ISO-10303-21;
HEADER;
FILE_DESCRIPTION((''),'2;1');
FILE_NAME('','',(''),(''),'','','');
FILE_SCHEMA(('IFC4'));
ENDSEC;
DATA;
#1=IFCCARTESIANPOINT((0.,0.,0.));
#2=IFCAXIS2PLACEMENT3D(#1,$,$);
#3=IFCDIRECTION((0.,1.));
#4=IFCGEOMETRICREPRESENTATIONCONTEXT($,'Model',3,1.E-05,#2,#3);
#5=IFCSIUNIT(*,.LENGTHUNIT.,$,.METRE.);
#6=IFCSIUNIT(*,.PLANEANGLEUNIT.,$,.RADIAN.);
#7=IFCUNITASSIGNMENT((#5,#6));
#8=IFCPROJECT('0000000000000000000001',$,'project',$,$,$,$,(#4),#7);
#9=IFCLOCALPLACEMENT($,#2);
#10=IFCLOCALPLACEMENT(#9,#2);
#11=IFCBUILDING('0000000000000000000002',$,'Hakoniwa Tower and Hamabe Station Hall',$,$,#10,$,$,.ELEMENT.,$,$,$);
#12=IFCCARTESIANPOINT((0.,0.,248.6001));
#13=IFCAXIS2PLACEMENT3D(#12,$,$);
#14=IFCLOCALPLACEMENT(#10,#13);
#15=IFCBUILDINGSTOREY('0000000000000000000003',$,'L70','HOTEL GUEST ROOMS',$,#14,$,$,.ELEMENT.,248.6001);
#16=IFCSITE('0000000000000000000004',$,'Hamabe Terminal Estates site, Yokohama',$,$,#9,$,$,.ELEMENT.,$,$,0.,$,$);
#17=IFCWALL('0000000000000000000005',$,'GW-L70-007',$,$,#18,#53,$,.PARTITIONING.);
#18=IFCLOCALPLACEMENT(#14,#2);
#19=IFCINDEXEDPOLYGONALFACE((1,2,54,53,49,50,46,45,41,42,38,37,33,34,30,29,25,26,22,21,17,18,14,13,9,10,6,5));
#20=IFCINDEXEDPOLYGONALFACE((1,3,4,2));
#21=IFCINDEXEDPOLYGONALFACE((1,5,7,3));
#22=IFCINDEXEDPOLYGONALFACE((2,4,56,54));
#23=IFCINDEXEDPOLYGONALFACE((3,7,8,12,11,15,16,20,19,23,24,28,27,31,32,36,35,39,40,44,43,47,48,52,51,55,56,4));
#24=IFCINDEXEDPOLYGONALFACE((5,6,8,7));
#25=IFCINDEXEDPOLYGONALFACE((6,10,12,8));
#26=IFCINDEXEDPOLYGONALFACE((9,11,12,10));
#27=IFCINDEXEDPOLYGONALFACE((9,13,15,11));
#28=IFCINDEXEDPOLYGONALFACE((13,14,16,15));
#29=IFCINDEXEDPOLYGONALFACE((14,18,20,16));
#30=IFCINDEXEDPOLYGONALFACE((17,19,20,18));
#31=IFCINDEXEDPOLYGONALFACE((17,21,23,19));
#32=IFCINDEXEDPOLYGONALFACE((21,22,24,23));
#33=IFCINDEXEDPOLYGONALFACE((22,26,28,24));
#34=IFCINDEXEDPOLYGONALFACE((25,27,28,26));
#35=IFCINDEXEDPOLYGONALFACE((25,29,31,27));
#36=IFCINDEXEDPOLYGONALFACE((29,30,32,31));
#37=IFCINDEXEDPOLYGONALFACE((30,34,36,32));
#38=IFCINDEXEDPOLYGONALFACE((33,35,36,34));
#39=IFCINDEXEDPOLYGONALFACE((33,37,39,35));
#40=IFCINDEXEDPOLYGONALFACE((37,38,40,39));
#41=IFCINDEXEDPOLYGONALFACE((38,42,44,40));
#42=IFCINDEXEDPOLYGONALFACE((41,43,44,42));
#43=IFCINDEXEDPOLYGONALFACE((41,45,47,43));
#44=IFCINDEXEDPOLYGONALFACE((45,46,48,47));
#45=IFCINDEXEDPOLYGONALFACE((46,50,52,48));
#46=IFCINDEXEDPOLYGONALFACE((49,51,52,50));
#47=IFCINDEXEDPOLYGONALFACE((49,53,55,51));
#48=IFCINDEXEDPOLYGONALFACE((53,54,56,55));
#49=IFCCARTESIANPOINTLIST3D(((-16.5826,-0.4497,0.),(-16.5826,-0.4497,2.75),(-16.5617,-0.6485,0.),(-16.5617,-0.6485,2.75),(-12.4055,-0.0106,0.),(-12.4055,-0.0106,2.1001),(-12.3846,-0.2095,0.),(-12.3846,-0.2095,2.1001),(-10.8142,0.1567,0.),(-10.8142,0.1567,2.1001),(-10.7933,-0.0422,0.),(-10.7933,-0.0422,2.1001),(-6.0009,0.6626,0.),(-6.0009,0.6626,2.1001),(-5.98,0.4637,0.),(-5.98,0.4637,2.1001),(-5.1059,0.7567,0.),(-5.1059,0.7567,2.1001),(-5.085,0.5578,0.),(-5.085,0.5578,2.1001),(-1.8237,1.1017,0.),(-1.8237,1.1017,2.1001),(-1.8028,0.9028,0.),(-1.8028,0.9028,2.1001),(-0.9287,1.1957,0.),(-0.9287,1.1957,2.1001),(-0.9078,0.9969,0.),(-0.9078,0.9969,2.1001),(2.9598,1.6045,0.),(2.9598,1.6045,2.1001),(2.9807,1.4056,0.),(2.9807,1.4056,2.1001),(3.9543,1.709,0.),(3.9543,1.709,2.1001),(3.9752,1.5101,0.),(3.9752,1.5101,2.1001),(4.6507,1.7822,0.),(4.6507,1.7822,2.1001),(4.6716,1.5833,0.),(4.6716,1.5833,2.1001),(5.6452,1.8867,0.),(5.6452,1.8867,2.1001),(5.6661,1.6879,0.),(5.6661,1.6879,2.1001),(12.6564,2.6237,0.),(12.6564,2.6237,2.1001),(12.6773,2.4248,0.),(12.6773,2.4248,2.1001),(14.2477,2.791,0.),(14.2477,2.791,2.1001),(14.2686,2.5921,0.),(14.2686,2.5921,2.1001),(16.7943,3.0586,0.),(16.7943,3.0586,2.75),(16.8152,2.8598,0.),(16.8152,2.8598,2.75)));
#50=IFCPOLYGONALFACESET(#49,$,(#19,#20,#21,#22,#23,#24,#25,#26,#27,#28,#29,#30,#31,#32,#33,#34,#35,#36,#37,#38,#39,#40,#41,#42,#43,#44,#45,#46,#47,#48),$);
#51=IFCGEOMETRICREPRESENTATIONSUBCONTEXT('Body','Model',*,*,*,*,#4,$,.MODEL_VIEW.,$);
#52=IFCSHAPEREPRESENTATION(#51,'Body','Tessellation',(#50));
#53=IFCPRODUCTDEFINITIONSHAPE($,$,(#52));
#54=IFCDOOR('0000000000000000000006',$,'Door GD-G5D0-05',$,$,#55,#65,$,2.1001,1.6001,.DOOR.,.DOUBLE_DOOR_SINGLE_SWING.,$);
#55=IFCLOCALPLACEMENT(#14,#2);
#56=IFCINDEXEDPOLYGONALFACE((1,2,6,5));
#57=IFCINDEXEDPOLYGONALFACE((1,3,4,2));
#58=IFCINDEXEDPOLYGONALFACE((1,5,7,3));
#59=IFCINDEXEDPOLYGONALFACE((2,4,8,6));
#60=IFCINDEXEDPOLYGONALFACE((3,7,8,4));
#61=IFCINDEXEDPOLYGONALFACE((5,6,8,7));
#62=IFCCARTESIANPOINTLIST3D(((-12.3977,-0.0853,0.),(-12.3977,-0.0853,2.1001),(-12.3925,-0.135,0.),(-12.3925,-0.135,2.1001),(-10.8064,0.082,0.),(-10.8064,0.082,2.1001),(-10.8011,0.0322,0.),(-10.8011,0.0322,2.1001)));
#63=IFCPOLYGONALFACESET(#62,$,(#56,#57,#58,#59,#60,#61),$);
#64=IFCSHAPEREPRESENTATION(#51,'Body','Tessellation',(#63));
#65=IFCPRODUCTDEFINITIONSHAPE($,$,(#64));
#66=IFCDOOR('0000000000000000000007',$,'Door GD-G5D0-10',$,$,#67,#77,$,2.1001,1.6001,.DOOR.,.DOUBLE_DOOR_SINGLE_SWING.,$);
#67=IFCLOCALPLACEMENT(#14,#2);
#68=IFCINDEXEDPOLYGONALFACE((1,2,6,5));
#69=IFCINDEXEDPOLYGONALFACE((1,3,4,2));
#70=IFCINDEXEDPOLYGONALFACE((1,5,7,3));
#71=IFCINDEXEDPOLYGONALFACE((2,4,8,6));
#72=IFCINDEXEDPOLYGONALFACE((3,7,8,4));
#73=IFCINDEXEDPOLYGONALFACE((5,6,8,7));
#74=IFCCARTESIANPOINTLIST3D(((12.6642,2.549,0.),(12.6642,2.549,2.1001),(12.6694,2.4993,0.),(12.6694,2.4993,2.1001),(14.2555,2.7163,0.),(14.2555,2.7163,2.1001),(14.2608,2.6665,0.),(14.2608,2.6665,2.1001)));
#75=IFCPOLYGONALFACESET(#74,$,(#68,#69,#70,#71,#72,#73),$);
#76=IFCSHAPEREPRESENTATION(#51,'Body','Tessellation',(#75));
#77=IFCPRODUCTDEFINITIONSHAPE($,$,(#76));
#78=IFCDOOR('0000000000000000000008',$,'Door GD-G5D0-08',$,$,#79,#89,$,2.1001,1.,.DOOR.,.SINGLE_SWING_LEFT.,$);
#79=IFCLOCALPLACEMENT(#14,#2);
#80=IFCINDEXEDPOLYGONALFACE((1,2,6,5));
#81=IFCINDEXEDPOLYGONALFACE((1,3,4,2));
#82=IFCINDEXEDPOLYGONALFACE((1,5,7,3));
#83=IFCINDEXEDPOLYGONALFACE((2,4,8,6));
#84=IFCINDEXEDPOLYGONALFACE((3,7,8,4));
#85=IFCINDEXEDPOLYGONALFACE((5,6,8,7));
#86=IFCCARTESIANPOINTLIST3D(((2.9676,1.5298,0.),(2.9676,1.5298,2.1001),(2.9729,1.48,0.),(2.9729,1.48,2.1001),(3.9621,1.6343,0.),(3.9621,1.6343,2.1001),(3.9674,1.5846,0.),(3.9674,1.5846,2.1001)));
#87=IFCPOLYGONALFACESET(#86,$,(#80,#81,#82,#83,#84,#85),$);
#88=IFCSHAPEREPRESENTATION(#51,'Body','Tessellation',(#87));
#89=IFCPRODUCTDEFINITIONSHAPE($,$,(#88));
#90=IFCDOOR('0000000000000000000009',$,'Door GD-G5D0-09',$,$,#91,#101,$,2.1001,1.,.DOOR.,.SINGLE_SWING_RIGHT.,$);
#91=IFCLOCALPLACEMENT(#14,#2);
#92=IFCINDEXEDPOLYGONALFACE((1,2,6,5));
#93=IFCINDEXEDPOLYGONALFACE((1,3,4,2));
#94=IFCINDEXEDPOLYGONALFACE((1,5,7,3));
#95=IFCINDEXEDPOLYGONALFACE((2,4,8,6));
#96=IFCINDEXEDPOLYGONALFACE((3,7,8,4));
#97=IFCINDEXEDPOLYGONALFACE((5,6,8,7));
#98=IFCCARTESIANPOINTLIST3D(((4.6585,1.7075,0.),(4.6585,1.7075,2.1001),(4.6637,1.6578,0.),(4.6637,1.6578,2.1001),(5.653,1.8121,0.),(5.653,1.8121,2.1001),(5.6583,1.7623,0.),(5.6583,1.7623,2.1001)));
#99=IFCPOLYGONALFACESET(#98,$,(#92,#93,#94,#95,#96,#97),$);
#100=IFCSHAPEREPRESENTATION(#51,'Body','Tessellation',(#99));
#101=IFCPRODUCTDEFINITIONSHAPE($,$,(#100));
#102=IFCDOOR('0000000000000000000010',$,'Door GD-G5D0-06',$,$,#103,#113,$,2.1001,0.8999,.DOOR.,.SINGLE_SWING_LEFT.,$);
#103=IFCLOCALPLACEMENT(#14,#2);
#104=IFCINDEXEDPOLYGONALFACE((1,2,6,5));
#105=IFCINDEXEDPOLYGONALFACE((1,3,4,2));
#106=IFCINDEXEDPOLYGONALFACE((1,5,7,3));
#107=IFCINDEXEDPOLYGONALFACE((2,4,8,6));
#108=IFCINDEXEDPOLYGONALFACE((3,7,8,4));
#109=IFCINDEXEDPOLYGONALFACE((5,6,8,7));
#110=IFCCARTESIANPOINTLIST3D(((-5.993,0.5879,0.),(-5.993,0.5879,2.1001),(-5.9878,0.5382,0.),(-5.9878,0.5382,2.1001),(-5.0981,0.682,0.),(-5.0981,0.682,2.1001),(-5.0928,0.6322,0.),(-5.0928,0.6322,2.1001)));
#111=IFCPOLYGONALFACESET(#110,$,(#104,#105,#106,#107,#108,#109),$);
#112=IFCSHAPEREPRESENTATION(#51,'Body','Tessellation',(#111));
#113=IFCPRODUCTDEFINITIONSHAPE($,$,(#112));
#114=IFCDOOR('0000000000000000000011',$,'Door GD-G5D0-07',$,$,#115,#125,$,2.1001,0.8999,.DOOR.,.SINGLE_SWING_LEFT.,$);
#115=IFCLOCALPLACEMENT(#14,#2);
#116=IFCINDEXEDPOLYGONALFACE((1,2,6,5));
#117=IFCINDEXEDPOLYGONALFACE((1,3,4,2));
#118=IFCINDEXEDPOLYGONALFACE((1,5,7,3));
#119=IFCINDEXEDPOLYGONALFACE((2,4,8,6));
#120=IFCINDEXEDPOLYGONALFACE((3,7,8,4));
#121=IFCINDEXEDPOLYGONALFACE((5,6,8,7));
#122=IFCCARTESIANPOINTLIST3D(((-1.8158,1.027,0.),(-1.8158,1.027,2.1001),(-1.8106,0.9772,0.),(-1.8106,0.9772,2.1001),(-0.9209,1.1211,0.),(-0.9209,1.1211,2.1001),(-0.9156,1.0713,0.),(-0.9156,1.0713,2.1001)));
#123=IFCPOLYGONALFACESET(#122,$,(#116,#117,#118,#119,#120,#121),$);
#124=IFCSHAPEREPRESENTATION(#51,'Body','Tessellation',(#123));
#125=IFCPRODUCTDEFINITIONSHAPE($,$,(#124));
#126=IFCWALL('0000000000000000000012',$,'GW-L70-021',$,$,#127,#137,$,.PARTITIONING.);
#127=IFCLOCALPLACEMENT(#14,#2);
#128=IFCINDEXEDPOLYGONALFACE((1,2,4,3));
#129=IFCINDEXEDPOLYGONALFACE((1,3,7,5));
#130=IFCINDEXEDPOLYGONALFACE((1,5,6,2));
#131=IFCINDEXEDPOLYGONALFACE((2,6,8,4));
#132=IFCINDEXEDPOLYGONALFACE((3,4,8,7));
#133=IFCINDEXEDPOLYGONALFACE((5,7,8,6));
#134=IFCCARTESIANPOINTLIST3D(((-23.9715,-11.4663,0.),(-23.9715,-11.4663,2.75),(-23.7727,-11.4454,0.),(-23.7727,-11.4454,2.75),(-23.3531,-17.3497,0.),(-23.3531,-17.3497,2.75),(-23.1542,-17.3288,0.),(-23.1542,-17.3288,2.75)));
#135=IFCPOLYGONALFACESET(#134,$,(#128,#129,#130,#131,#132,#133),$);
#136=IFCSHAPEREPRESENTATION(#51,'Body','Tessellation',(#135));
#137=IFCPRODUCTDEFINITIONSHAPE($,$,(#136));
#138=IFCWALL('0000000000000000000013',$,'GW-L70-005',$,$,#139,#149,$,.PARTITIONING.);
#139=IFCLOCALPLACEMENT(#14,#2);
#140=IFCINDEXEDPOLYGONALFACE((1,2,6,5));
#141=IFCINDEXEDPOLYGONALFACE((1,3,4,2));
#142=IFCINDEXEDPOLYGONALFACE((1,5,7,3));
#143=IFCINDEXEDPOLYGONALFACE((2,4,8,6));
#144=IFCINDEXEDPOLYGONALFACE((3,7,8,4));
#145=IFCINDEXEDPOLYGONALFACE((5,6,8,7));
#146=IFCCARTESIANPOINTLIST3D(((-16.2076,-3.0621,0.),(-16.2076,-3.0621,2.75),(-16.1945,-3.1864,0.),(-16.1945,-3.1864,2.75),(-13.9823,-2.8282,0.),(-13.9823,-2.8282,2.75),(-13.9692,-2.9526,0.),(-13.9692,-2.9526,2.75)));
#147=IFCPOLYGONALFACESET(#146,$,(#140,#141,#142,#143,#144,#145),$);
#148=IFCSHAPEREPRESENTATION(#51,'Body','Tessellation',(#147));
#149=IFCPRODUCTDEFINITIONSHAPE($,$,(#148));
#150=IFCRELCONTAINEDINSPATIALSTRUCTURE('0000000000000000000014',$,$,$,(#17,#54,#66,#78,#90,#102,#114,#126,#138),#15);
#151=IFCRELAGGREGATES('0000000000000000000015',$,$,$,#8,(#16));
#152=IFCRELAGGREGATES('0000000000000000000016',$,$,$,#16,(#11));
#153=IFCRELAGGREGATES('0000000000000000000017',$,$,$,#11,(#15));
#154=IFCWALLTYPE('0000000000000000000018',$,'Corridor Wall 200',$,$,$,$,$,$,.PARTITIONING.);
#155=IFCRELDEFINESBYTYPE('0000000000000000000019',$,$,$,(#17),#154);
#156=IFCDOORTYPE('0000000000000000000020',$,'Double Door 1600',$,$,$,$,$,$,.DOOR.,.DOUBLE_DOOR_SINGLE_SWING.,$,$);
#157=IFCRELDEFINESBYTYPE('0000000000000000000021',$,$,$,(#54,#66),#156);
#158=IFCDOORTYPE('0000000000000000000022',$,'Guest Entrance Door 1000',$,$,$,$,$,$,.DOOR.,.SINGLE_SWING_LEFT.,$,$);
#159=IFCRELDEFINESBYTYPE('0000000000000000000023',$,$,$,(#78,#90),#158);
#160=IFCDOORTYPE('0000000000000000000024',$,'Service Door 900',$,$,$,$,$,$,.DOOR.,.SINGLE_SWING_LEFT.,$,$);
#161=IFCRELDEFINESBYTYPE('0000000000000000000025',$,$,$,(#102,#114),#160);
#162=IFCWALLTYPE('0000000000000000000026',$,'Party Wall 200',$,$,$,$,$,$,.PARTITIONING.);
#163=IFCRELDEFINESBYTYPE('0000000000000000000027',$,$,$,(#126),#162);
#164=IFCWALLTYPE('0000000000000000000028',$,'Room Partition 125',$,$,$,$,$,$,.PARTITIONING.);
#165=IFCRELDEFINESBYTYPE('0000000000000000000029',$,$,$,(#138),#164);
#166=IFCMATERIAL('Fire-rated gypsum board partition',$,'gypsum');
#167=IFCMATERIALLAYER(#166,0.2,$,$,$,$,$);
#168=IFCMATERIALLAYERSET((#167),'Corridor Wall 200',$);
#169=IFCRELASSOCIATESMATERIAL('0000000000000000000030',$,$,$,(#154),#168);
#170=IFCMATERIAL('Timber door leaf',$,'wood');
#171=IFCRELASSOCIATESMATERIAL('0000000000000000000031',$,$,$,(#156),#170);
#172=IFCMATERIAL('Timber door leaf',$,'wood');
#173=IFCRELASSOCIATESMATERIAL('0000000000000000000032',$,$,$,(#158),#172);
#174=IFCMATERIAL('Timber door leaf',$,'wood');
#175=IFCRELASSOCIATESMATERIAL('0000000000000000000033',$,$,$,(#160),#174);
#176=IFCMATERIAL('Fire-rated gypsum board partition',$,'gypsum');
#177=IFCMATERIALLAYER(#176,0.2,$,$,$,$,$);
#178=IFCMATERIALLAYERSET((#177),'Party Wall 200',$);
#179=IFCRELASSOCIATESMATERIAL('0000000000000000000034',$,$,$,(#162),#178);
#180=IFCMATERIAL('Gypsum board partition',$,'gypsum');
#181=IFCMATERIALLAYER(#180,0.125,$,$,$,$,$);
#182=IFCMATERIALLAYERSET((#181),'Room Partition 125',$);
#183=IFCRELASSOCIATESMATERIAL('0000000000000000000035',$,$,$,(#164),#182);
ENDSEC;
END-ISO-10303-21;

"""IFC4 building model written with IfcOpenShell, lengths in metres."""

from ifc_helpers import new_model, si_unit, direction, frame, frame_2d, origin, place, context, subcontext, project, spatial, rectangle, extrude, material, layer, layer_set, type_object, element, fill, save


model = new_model("IFC4")

# Units and contexts
model_context = context("Model", 3, precision=1e-05, world=origin(), true_north=direction((0.0, 1.0)))
body_context = subcontext(model_context, "Body", "Model", "MODEL_VIEW")
ifc_project = project(units=[si_unit("LENGTHUNIT", "METRE"), si_unit("PLANEANGLEUNIT", "RADIAN")], contexts=[model_context])

# Site, building, storey
site_placement = place(None, origin())
site = spatial("IfcSite", under=ifc_project, at=site_placement, Name="Hamabe Terminal Estates site, Yokohama", CompositionType="ELEMENT", RefElevation=0.0)
building_placement = place(site_placement, origin())
building = spatial("IfcBuilding", under=site, at=building_placement, Name="Hakoniwa Tower and Hamabe Station Hall", CompositionType="ELEMENT")
storey_placement = place(building_placement, frame((0.0, 0.0, 248.6001)))
storey = spatial("IfcBuildingStorey", under=building, at=storey_placement, Name="L70", Description="HOTEL GUEST ROOMS", CompositionType="ELEMENT", Elevation=248.6001)

# Wall, openings, doors
ifc_material_1 = material(Name="Fire-rated gypsum board partition", Category="gypsum")
ifc_layer_1 = layer(ifc_material_1, 0.2)
ifc_layer_set_1 = layer_set([ifc_layer_1], Name="Corridor Wall 200")
wall_type_1 = type_object("IfcWallType", Name="Corridor Wall 200", PredefinedType="PARTITIONING", material=ifc_layer_set_1)
wall_1_placement = place(storey_placement, frame((-16.572, -0.5491, 0.0), z_axis=(0.0, 0.0, 1.0), x_axis=(0.994521, 0.104536, 0.0)))
wall_1 = element("IfcWall", 1, at=wall_1_placement, inside=storey, type_object=wall_type_1, Name="GW-L70-007", PredefinedType="PARTITIONING", context=body_context, shape_type="SweptSolid", body=[
    extrude(rectangle(XDim=33.5608, YDim=0.2, at=frame_2d((16.7803, 0.0))), origin(), (0.0, 0.0, 1.0), 2.75),
])
opening_1_placement = place(wall_1_placement, frame((4.2, 0.0, 0.0)))
opening_1 = element("IfcOpeningElement", 2, at=opening_1_placement, cuts=wall_1, PredefinedType="OPENING", context=body_context, shape_type="SweptSolid", body=[
    extrude(rectangle(XDim=1.6001, YDim=2.1001, at=frame_2d((0.8, 1.05))), frame((0.0, 0.1099, 0.0), z_axis=(0.0, -1.0, 0.0), x_axis=(1.0, 0.0, 0.0)), (0.0, 0.0, 1.0), 0.22),
])
opening_2_placement = place(wall_1_placement, frame((10.6399, 0.0, 0.0)))
opening_2 = element("IfcOpeningElement", 3, at=opening_2_placement, cuts=wall_1, PredefinedType="OPENING", context=body_context, shape_type="SweptSolid", body=[
    extrude(rectangle(XDim=0.8999, YDim=2.1001, at=frame_2d((0.45, 1.05))), frame((0.0, 0.1099, 0.0), z_axis=(0.0, -1.0, 0.0), x_axis=(1.0, 0.0, 0.0)), (0.0, 0.0, 1.0), 0.22),
])
opening_3_placement = place(wall_1_placement, frame((14.8401, 0.0, 0.0)))
opening_3 = element("IfcOpeningElement", 4, at=opening_3_placement, cuts=wall_1, PredefinedType="OPENING", context=body_context, shape_type="SweptSolid", body=[
    extrude(rectangle(XDim=0.8999, YDim=2.1001, at=frame_2d((0.45, 1.05))), frame((0.0, 0.1099, 0.0), z_axis=(0.0, -1.0, 0.0), x_axis=(1.0, 0.0, 0.0)), (0.0, 0.0, 1.0), 0.22),
])
opening_4_placement = place(wall_1_placement, frame((19.6499, 0.0, 0.0)))
opening_4 = element("IfcOpeningElement", 5, at=opening_4_placement, cuts=wall_1, PredefinedType="OPENING", context=body_context, shape_type="SweptSolid", body=[
    extrude(rectangle(XDim=1.0, YDim=2.1001, at=frame_2d((0.5, 1.05))), frame((0.0, 0.1099, 0.0), z_axis=(0.0, -1.0, 0.0), x_axis=(1.0, 0.0, 0.0)), (0.0, 0.0, 1.0), 0.22),
])
opening_5_placement = place(wall_1_placement, frame((21.3501, 0.0, 0.0)))
opening_5 = element("IfcOpeningElement", 6, at=opening_5_placement, cuts=wall_1, PredefinedType="OPENING", context=body_context, shape_type="SweptSolid", body=[
    extrude(rectangle(XDim=1.0, YDim=2.1001, at=frame_2d((0.5, 1.05))), frame((0.0, 0.1099, 0.0), z_axis=(0.0, -1.0, 0.0), x_axis=(1.0, 0.0, 0.0)), (0.0, 0.0, 1.0), 0.22),
])
opening_6_placement = place(wall_1_placement, frame((29.3999, 0.0, 0.0)))
opening_6 = element("IfcOpeningElement", 7, at=opening_6_placement, cuts=wall_1, PredefinedType="OPENING", context=body_context, shape_type="SweptSolid", body=[
    extrude(rectangle(XDim=1.6001, YDim=2.1001, at=frame_2d((0.8, 1.05))), frame((0.0, 0.1099, 0.0), z_axis=(0.0, -1.0, 0.0), x_axis=(1.0, 0.0, 0.0)), (0.0, 0.0, 1.0), 0.22),
])
ifc_material_2 = material(Name="Timber door leaf", Category="wood")
door_type_1 = type_object("IfcDoorType", Name="Double Door 1600", OperationType="DOUBLE_DOOR_SINGLE_SWING", PredefinedType="DOOR", material=ifc_material_2)
door_1_placement = place(opening_1_placement, origin())
door_1 = element("IfcDoor", 8, at=door_1_placement, inside=storey, type_object=door_type_1, Name="Door GD-G5D0-05", OperationType="DOUBLE_DOOR_SINGLE_SWING", OverallHeight=2.1001, OverallWidth=1.6001, PredefinedType="DOOR", context=body_context, shape_type="SweptSolid", body=[
    extrude(rectangle(XDim=1.6001, YDim=2.1001, at=frame_2d((0.8, 1.05))), frame((0.0, 0.0249, 0.0), z_axis=(0.0, -1.0, 0.0), x_axis=(1.0, 0.0, 0.0)), (0.0, 0.0, 1.0), 0.05),
])
fill(opening_1, door_1)
door_2_placement = place(opening_6_placement, origin())
door_2 = element("IfcDoor", 9, at=door_2_placement, inside=storey, type_object=door_type_1, Name="Door GD-G5D0-10", OperationType="DOUBLE_DOOR_SINGLE_SWING", OverallHeight=2.1001, OverallWidth=1.6001, PredefinedType="DOOR", context=body_context, shape_type="SweptSolid", body=[
    extrude(rectangle(XDim=1.6001, YDim=2.1001, at=frame_2d((0.8, 1.05))), frame((0.0, 0.0249, 0.0), z_axis=(0.0, -1.0, 0.0), x_axis=(1.0, 0.0, 0.0)), (0.0, 0.0, 1.0), 0.05),
])
fill(opening_6, door_2)
ifc_material_3 = material(Name="Timber door leaf", Category="wood")
door_type_2 = type_object("IfcDoorType", Name="Guest Entrance Door 1000", OperationType="SINGLE_SWING_LEFT", PredefinedType="DOOR", material=ifc_material_3)
door_3_placement = place(opening_4_placement, origin())
door_3 = element("IfcDoor", 10, at=door_3_placement, inside=storey, type_object=door_type_2, Name="Door GD-G5D0-08", OperationType="SINGLE_SWING_LEFT", OverallHeight=2.1001, OverallWidth=1.0, PredefinedType="DOOR", context=body_context, shape_type="SweptSolid", body=[
    extrude(rectangle(XDim=1.0, YDim=2.1001, at=frame_2d((0.5, 1.05))), frame((0.0, 0.0249, 0.0), z_axis=(0.0, -1.0, 0.0), x_axis=(1.0, 0.0, 0.0)), (0.0, 0.0, 1.0), 0.05),
])
fill(opening_4, door_3)
door_4_placement = place(opening_5_placement, origin())
door_4 = element("IfcDoor", 11, at=door_4_placement, inside=storey, type_object=door_type_2, Name="Door GD-G5D0-09", OperationType="SINGLE_SWING_RIGHT", OverallHeight=2.1001, OverallWidth=1.0, PredefinedType="DOOR", context=body_context, shape_type="SweptSolid", body=[
    extrude(rectangle(XDim=1.0, YDim=2.1001, at=frame_2d((0.5, 1.05))), frame((0.0, 0.0249, 0.0), z_axis=(0.0, -1.0, 0.0), x_axis=(1.0, 0.0, 0.0)), (0.0, 0.0, 1.0), 0.05),
])
fill(opening_5, door_4)
ifc_material_4 = material(Name="Timber door leaf", Category="wood")
door_type_3 = type_object("IfcDoorType", Name="Service Door 900", OperationType="SINGLE_SWING_LEFT", PredefinedType="DOOR", material=ifc_material_4)
door_5_placement = place(opening_2_placement, origin())
door_5 = element("IfcDoor", 12, at=door_5_placement, inside=storey, type_object=door_type_3, Name="Door GD-G5D0-06", OperationType="SINGLE_SWING_LEFT", OverallHeight=2.1001, OverallWidth=0.8999, PredefinedType="DOOR", context=body_context, shape_type="SweptSolid", body=[
    extrude(rectangle(XDim=0.8999, YDim=2.1001, at=frame_2d((0.45, 1.05))), frame((0.0, 0.0249, 0.0), z_axis=(0.0, -1.0, 0.0), x_axis=(1.0, 0.0, 0.0)), (0.0, 0.0, 1.0), 0.05),
])
fill(opening_2, door_5)
door_6_placement = place(opening_3_placement, origin())
door_6 = element("IfcDoor", 13, at=door_6_placement, inside=storey, type_object=door_type_3, Name="Door GD-G5D0-07", OperationType="SINGLE_SWING_LEFT", OverallHeight=2.1001, OverallWidth=0.8999, PredefinedType="DOOR", context=body_context, shape_type="SweptSolid", body=[
    extrude(rectangle(XDim=0.8999, YDim=2.1001, at=frame_2d((0.45, 1.05))), frame((0.0, 0.0249, 0.0), z_axis=(0.0, -1.0, 0.0), x_axis=(1.0, 0.0, 0.0)), (0.0, 0.0, 1.0), 0.05),
])
fill(opening_3, door_6)

# Walls
ifc_material_5 = material(Name="Fire-rated gypsum board partition", Category="gypsum")
ifc_layer_2 = layer(ifc_material_5, 0.2)
ifc_layer_set_2 = layer_set([ifc_layer_2], Name="Party Wall 200")
wall_type_2 = type_object("IfcWallType", Name="Party Wall 200", PredefinedType="PARTITIONING", material=ifc_layer_set_2)
wall_2_placement = place(storey_placement, frame((-23.2537, -17.3394, 0.0), z_axis=(0.0, 0.0, 1.0), x_axis=(-0.104537, 0.994521, 0.0)))
element("IfcWall", 14, at=wall_2_placement, inside=storey, type_object=wall_type_2, Name="GW-L70-021", PredefinedType="PARTITIONING", context=body_context, shape_type="SweptSolid", body=[
    extrude(rectangle(XDim=5.9158, YDim=0.2, at=frame_2d((2.958, 0.0))), origin(), (0.0, 0.0, 1.0), 2.75),
])
ifc_material_6 = material(Name="Gypsum board partition", Category="gypsum")
ifc_layer_3 = layer(ifc_material_6, 0.125)
ifc_layer_set_3 = layer_set([ifc_layer_3], Name="Room Partition 125")
wall_type_3 = type_object("IfcWallType", Name="Room Partition 125", PredefinedType="PARTITIONING", material=ifc_layer_set_3)
wall_3_placement = place(storey_placement, frame((-16.2009, -3.1243, 0.0), z_axis=(0.0, 0.0, 1.0), x_axis=(0.994522, 0.104526, 0.0)))
element("IfcWall", 15, at=wall_3_placement, inside=storey, type_object=wall_type_3, Name="GW-L70-005", PredefinedType="PARTITIONING", context=body_context, shape_type="SweptSolid", body=[
    extrude(rectangle(XDim=2.2375, YDim=0.125, at=frame_2d((1.1187, 0.0))), origin(), (0.0, 0.0, 1.0), 2.75),
])

save(model, "model.ifc")
